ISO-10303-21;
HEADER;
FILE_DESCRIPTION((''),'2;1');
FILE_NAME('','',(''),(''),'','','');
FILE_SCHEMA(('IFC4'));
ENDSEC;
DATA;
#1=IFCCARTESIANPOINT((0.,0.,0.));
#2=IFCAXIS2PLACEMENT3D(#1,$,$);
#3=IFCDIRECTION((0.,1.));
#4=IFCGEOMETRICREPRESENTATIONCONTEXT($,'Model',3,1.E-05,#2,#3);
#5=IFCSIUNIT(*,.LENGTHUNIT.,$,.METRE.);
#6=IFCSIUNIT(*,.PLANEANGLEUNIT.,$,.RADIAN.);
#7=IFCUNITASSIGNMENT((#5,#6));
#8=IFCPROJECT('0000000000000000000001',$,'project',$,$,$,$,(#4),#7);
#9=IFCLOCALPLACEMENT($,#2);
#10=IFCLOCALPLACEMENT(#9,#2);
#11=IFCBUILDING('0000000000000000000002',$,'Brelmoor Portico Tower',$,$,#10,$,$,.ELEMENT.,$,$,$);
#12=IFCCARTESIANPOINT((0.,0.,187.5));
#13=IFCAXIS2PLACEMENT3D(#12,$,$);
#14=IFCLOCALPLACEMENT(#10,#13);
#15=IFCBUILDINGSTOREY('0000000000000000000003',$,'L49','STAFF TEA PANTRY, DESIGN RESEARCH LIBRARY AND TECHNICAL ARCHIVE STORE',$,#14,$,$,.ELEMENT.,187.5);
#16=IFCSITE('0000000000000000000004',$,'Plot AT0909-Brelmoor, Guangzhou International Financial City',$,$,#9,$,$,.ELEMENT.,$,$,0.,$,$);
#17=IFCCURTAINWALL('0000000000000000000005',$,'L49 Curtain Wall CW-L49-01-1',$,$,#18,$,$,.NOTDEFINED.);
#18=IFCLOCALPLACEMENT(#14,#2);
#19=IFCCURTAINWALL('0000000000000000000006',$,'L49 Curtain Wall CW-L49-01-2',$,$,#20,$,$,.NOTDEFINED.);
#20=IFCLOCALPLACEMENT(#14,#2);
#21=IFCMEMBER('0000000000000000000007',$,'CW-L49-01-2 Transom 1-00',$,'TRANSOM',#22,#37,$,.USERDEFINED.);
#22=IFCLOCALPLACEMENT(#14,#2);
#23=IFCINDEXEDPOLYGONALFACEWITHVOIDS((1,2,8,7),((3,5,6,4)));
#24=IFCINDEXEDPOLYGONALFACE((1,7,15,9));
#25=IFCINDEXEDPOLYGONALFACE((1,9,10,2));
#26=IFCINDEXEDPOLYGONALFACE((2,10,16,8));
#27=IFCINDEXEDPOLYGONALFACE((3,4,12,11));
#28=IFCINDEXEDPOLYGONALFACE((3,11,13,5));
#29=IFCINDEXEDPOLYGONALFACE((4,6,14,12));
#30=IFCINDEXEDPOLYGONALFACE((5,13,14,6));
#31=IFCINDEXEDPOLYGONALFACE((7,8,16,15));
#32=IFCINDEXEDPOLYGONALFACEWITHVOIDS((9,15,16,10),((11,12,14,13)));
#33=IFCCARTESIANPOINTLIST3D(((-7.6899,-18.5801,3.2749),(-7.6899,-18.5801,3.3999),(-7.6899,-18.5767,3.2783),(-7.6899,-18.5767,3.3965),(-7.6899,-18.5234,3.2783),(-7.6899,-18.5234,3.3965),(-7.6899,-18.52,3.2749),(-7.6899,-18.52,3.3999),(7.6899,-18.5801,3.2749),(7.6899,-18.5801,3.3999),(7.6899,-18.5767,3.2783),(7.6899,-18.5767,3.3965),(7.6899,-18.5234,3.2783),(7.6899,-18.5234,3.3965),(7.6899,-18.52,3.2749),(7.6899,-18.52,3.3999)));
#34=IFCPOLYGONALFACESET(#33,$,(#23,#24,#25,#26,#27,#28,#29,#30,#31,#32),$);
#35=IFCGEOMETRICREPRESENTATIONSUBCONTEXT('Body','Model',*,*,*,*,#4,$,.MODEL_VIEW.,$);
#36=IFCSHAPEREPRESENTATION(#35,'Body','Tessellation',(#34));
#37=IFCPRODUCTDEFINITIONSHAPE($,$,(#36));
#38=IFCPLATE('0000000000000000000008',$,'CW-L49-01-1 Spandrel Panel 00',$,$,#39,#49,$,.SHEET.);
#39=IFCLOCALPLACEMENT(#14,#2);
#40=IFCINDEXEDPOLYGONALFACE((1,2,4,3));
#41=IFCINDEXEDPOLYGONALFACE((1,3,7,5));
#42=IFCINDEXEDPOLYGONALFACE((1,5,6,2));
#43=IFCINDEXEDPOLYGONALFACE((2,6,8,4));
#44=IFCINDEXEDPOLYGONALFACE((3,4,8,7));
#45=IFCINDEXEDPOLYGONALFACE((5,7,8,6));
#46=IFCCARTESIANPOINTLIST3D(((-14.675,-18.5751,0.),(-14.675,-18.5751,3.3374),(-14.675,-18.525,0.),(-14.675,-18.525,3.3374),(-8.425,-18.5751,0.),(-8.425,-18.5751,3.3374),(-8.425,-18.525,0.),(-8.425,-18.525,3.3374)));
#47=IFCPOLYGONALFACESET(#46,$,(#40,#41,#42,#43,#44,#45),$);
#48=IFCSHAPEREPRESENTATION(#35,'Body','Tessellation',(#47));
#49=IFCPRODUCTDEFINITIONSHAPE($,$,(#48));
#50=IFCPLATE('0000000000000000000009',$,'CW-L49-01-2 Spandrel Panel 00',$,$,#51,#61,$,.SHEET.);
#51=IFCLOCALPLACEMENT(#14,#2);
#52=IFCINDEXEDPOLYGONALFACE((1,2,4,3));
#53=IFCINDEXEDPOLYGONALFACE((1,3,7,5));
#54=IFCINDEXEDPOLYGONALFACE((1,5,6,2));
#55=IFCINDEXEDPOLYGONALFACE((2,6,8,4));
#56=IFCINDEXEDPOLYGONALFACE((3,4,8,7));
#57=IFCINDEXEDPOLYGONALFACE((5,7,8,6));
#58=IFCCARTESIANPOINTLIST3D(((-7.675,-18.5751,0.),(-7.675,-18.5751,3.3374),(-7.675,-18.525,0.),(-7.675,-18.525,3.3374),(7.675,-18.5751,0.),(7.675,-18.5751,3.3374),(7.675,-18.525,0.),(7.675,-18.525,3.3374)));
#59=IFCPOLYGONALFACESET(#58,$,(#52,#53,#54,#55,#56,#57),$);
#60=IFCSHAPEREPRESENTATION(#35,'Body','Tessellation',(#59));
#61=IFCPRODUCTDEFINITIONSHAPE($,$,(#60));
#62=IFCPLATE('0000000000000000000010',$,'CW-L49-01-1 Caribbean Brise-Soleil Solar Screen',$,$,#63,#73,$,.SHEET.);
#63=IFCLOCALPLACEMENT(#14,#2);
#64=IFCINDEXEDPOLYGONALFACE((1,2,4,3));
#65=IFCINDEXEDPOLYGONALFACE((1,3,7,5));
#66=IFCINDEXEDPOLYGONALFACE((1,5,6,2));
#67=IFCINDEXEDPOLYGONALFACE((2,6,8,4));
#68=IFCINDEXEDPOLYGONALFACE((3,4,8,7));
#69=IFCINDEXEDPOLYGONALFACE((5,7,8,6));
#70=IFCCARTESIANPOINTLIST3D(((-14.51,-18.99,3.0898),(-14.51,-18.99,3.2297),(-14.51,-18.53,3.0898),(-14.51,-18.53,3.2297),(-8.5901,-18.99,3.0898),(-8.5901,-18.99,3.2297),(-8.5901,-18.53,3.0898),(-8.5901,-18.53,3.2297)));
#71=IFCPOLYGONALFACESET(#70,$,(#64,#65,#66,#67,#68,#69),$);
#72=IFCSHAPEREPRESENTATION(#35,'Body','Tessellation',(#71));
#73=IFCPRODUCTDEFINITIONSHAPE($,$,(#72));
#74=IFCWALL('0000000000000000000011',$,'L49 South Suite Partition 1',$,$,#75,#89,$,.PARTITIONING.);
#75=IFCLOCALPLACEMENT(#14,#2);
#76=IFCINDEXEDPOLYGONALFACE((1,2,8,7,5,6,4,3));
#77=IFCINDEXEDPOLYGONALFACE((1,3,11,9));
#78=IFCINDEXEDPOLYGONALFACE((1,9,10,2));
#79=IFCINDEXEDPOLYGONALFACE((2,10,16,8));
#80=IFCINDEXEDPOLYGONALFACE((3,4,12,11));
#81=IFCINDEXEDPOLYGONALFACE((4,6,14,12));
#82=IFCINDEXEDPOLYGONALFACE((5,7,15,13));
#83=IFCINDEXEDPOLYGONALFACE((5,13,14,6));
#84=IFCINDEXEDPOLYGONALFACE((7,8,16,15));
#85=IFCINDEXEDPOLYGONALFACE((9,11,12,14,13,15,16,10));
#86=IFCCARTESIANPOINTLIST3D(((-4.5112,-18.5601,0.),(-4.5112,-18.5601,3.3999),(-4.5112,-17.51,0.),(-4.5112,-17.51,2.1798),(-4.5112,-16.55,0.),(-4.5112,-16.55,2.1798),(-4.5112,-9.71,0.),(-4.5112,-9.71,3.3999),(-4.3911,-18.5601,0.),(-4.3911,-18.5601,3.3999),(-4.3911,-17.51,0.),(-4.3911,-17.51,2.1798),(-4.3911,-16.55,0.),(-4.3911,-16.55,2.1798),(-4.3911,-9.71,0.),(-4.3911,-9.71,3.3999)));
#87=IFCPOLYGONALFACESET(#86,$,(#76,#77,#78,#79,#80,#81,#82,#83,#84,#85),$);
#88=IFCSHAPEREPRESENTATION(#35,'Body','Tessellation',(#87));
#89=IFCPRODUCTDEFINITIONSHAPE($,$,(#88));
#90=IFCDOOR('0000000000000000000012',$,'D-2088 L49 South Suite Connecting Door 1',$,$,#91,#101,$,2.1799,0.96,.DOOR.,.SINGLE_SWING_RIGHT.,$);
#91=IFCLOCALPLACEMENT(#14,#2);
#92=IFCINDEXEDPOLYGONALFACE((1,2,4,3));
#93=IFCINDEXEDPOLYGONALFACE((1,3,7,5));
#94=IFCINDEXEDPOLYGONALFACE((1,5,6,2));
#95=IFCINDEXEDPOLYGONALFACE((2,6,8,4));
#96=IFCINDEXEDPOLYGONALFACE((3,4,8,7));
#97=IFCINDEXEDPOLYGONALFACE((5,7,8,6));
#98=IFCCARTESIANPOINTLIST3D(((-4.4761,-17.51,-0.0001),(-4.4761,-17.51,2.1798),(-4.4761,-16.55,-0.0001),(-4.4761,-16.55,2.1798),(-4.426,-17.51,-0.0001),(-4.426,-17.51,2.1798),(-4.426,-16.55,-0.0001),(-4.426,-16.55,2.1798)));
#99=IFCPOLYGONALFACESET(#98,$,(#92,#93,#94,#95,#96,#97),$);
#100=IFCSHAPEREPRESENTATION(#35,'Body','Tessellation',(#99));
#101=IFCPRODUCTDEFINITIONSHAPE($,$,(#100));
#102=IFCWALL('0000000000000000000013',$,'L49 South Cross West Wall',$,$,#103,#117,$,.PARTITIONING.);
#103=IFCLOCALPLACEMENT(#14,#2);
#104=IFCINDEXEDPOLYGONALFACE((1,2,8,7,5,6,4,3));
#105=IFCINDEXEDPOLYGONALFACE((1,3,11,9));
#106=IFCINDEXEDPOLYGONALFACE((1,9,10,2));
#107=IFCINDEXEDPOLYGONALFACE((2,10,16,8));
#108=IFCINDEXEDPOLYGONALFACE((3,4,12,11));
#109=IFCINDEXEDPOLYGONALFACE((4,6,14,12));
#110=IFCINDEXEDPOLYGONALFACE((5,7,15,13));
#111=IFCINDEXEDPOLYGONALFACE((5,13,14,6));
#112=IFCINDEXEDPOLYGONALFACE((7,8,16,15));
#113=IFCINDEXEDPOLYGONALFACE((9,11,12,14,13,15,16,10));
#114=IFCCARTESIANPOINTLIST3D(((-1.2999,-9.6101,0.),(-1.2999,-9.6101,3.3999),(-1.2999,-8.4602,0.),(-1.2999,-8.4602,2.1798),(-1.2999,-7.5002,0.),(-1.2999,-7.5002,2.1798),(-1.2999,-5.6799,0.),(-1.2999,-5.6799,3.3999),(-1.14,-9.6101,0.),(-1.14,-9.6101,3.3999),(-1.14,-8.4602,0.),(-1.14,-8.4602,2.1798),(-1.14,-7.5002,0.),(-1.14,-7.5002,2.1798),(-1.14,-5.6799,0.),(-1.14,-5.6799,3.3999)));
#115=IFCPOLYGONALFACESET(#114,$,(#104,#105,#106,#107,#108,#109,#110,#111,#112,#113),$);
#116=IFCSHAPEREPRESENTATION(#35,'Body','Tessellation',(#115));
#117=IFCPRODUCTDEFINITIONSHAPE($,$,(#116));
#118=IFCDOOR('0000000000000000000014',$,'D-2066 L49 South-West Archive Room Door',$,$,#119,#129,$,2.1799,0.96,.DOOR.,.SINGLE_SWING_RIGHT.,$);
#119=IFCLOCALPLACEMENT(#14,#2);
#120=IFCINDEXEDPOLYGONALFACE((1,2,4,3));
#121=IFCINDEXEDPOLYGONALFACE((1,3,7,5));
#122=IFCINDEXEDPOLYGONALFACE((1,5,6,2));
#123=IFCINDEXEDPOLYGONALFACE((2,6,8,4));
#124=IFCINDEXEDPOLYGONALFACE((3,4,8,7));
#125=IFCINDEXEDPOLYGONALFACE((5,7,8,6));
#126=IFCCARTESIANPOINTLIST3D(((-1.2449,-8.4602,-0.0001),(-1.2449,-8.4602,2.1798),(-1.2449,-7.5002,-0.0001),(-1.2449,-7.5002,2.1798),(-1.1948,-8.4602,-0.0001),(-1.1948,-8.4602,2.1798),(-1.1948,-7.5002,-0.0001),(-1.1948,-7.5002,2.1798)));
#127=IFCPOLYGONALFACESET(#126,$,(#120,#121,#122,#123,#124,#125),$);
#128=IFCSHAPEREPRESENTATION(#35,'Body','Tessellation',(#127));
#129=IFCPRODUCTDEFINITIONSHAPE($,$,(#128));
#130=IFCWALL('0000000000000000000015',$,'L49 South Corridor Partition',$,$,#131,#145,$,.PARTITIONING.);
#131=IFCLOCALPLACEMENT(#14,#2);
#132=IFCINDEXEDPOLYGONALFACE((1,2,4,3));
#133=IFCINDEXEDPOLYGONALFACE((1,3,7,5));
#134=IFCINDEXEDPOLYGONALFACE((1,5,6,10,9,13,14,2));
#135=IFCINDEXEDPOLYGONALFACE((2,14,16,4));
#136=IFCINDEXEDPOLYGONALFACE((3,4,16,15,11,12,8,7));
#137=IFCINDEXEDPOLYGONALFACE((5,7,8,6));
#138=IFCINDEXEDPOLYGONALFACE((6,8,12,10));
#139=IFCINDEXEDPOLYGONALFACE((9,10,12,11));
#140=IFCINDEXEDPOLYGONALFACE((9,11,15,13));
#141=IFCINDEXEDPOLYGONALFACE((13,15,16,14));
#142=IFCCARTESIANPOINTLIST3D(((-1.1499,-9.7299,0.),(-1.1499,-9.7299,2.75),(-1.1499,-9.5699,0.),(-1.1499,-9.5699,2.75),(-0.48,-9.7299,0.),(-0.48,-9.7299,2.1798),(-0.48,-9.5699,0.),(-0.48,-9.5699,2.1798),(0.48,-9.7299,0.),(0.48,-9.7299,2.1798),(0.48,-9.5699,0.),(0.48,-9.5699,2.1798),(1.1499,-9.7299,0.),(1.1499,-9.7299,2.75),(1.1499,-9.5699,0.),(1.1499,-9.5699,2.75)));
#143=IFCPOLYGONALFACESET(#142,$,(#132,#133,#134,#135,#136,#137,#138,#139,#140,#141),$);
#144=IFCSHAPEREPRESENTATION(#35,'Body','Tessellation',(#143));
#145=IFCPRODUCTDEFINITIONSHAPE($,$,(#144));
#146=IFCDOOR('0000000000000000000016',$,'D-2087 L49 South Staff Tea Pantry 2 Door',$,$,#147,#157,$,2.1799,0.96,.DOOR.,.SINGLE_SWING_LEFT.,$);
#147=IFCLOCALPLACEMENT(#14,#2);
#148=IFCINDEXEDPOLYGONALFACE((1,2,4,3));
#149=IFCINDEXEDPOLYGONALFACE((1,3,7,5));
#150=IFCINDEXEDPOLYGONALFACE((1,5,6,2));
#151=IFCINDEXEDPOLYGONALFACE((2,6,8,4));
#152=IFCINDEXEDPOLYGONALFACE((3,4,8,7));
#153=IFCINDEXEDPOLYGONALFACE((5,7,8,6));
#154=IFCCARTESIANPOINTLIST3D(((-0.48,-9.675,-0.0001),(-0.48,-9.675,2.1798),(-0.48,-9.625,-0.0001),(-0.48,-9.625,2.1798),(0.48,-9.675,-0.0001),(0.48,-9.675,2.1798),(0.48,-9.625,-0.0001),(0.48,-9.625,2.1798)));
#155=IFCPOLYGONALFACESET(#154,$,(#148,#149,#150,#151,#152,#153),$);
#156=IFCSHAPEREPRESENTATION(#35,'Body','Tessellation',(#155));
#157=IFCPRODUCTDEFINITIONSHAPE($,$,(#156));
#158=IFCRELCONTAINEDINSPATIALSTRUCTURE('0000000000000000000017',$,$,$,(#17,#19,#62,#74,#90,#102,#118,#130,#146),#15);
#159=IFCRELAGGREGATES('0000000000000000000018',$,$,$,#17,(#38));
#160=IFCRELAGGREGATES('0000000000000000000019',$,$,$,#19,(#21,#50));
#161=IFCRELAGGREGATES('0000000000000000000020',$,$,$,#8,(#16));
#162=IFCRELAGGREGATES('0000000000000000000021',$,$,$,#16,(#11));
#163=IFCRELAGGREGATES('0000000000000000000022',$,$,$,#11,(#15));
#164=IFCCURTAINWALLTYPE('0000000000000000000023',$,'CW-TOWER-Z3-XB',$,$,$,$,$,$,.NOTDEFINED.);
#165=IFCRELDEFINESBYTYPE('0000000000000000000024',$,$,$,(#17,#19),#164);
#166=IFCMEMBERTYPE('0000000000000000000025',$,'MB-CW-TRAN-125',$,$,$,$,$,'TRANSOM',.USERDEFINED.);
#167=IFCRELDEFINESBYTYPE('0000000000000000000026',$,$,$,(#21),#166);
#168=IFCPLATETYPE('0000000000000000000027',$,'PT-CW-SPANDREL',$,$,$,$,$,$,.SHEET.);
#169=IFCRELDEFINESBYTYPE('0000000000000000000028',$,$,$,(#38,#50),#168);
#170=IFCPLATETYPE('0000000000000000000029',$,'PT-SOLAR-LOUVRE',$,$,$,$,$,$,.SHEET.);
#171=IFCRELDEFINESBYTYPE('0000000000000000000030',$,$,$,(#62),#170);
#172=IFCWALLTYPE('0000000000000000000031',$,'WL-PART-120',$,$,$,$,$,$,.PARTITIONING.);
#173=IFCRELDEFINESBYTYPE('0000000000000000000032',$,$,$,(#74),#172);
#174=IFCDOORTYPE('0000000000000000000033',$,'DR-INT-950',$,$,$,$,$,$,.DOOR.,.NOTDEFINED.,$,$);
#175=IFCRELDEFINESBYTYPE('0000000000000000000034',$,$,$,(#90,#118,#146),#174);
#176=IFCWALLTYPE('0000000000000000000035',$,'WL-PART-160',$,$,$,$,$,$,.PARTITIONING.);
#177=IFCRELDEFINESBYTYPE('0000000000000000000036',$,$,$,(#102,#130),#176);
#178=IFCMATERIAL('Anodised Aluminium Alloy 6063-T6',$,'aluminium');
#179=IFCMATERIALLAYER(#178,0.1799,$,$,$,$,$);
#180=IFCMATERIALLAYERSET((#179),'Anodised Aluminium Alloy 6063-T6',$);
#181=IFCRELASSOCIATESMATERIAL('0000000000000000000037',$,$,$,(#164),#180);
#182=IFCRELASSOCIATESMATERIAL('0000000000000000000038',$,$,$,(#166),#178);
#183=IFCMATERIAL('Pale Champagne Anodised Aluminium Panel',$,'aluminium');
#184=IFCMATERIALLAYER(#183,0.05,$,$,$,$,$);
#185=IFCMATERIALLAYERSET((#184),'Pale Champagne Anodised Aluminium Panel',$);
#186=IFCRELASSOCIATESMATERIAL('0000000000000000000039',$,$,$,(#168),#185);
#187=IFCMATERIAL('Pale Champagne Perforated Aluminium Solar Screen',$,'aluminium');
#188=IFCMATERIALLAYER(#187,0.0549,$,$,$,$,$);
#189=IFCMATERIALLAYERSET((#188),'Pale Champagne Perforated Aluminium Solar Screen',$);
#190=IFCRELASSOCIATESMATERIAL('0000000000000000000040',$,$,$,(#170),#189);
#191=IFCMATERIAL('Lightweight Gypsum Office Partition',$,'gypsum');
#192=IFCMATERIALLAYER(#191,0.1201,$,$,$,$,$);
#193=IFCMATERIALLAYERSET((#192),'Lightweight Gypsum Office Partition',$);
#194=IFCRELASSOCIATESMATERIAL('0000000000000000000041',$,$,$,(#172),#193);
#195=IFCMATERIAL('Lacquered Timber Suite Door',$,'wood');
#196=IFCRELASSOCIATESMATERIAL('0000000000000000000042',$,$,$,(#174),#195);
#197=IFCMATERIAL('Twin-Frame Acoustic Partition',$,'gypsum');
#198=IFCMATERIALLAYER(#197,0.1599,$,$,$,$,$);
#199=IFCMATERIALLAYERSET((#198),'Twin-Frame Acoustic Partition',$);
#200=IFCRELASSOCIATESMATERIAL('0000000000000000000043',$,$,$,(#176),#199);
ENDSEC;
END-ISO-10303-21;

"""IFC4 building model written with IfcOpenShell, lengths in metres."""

from ifc_helpers import new_model, si_unit, direction, frame, frame_2d, origin, origin_2d, place, context, subcontext, project, spatial, rectangle, hollow_rectangle, extrude, material, layer, layer_set, material_profile, profile_set, type_object, element, fill, aggregate, save


model = new_model("IFC4")

# Units and contexts
model_context = context("Model", 3, precision=1e-05, world=origin(), true_north=direction((0.0, 1.0)))
body_context = subcontext(model_context, "Body", "Model", "MODEL_VIEW")
ifc_project = project(units=[si_unit("LENGTHUNIT", "METRE"), si_unit("PLANEANGLEUNIT", "RADIAN")], contexts=[model_context])

# Site, building, storey
site_placement = place(None, origin())
site = spatial("IfcSite", under=ifc_project, at=site_placement, Name="Plot AT0909-Brelmoor, Guangzhou International Financial City", CompositionType="ELEMENT", RefElevation=0.0)
building_placement = place(site_placement, origin())
building = spatial("IfcBuilding", under=site, at=building_placement, Name="Brelmoor Portico Tower", CompositionType="ELEMENT")
storey_placement = place(building_placement, frame((0.0, 0.0, 187.5)))
storey = spatial("IfcBuildingStorey", under=building, at=storey_placement, Name="L49", Description="STAFF TEA PANTRY, DESIGN RESEARCH LIBRARY AND TECHNICAL ARCHIVE STORE", CompositionType="ELEMENT", Elevation=187.5)

# Curtain wall
ifc_material_1 = material(Name="Anodised Aluminium Alloy 6063-T6", Category="aluminium")
ifc_layer_1 = layer(ifc_material_1, 0.1799)
ifc_layer_set_1 = layer_set([ifc_layer_1], Name="Anodised Aluminium Alloy 6063-T6")
curtain_wall_type = type_object("IfcCurtainWallType", Name="CW-TOWER-Z3-XB", PredefinedType="NOTDEFINED", material=ifc_layer_set_1)
curtain_wall_1_placement = place(storey_placement, origin())
curtain_wall_1 = element("IfcCurtainWall", 1, at=curtain_wall_1_placement, inside=storey, type_object=curtain_wall_type, Name="L49 Curtain Wall CW-L49-01-1", PredefinedType="NOTDEFINED")

# Curtain wall, member
curtain_wall_2_placement = place(storey_placement, origin())
curtain_wall_2 = element("IfcCurtainWall", 2, at=curtain_wall_2_placement, inside=storey, type_object=curtain_wall_type, Name="L49 Curtain Wall CW-L49-01-2", PredefinedType="NOTDEFINED")
ifc_material_profile_1 = material_profile(ifc_material_1, hollow_rectangle(XDim=0.0601, YDim=0.125, WallThickness=0.0034, at=origin_2d()), Name="ALU TRANSOM 60x125")
ifc_profile_set_1 = profile_set([ifc_material_profile_1], Name="Anodised Aluminium Alloy 6063-T6")
member_type_1 = type_object("IfcMemberType", Name="MB-CW-TRAN-125", ElementType="TRANSOM", PredefinedType="USERDEFINED", material=ifc_profile_set_1)
member_1_placement = place(storey_placement, frame((-7.6899, -18.55, 3.3374), z_axis=(1.0, 0.0, 0.0), x_axis=(0.0, 1.0, 0.0)))
member_1 = element("IfcMember", 3, at=member_1_placement, type_object=member_type_1, Name="CW-L49-01-2 Transom 1-00", ObjectType="TRANSOM", PredefinedType="USERDEFINED", context=body_context, shape_type="SweptSolid", body=[
    extrude(hollow_rectangle(XDim=0.0601, YDim=0.125, WallThickness=0.0034, at=origin_2d()), origin(), (0.0, 0.0, 1.0), 15.3799),
])

# Plates
ifc_material_2 = material(Name="Pale Champagne Anodised Aluminium Panel", Category="aluminium")
ifc_layer_2 = layer(ifc_material_2, 0.05)
ifc_layer_set_2 = layer_set([ifc_layer_2], Name="Pale Champagne Anodised Aluminium Panel")
plate_type_1 = type_object("IfcPlateType", Name="PT-CW-SPANDREL", PredefinedType="SHEET", material=ifc_layer_set_2)
plate_1_placement = place(storey_placement, frame((-11.55, -18.55, 0.0), z_axis=(0.0, 0.0, 1.0), x_axis=(1.0, 0.0, 0.0)))
plate_1 = element("IfcPlate", 4, at=plate_1_placement, type_object=plate_type_1, Name="CW-L49-01-1 Spandrel Panel 00", PredefinedType="SHEET", context=body_context, shape_type="SweptSolid", body=[
    extrude(rectangle(XDim=6.25, YDim=0.05, at=origin_2d()), origin(), (0.0, 0.0, 1.0), 3.3374),
])
aggregate(curtain_wall_1, [plate_1])
plate_2_placement = place(storey_placement, frame((0.0, -18.55, 0.0), z_axis=(0.0, 0.0, 1.0), x_axis=(1.0, 0.0, 0.0)))
plate_2 = element("IfcPlate", 5, at=plate_2_placement, type_object=plate_type_1, Name="CW-L49-01-2 Spandrel Panel 00", PredefinedType="SHEET", context=body_context, shape_type="SweptSolid", body=[
    extrude(rectangle(XDim=15.3501, YDim=0.05, at=origin_2d()), origin(), (0.0, 0.0, 1.0), 3.3374),
])
aggregate(curtain_wall_2, [member_1, plate_2])
ifc_material_3 = material(Name="Pale Champagne Perforated Aluminium Solar Screen", Category="aluminium")
ifc_layer_3 = layer(ifc_material_3, 0.0549)
ifc_layer_set_3 = layer_set([ifc_layer_3], Name="Pale Champagne Perforated Aluminium Solar Screen")
plate_type_2 = type_object("IfcPlateType", Name="PT-SOLAR-LOUVRE", PredefinedType="SHEET", material=ifc_layer_set_3)
plate_3_placement = place(storey_placement, frame((-11.55, -18.76, 3.0898), z_axis=(0.0, 0.0, 1.0), x_axis=(1.0, 0.0, 0.0)))
element("IfcPlate", 6, at=plate_3_placement, inside=storey, type_object=plate_type_2, Name="CW-L49-01-1 Caribbean Brise-Soleil Solar Screen", PredefinedType="SHEET", context=body_context, shape_type="SweptSolid", body=[
    extrude(rectangle(XDim=5.9199, YDim=0.46, at=origin_2d()), origin(), (0.0, 0.0, 1.0), 0.1399),
])

# Walls, openings, doors
ifc_material_4 = material(Name="Lightweight Gypsum Office Partition", Category="gypsum")
ifc_layer_4 = layer(ifc_material_4, 0.1201)
ifc_layer_set_4 = layer_set([ifc_layer_4], Name="Lightweight Gypsum Office Partition")
wall_type_1 = type_object("IfcWallType", Name="WL-PART-120", PredefinedType="PARTITIONING", material=ifc_layer_set_4)
wall_1_placement = place(storey_placement, frame((-4.4512, -18.5601, 0.0), z_axis=(0.0, 0.0, 1.0), x_axis=(0.0, 1.0, 0.0)))
wall_1 = element("IfcWall", 7, at=wall_1_placement, inside=storey, type_object=wall_type_1, Name="L49 South Suite Partition 1", PredefinedType="PARTITIONING", context=body_context, shape_type="SweptSolid", body=[
    extrude(rectangle(XDim=8.8501, YDim=0.1201, at=frame_2d((4.425, 0.0))), origin(), (0.0, 0.0, 1.0), 3.3999),
])
opening_1_placement = place(wall_1_placement, frame((1.05, 0.0, 0.0)))
opening_1 = element("IfcOpeningElement", 8, at=opening_1_placement, cuts=wall_1, PredefinedType="OPENING", context=body_context, shape_type="SweptSolid", body=[
    extrude(rectangle(XDim=0.96, YDim=2.1799, at=frame_2d((0.48, 1.0898))), frame((0.0, 0.0701, 0.0), z_axis=(0.0, -1.0, 0.0), x_axis=(1.0, 0.0, 0.0)), (0.0, 0.0, 1.0), 0.1401),
])
ifc_material_5 = material(Name="Lacquered Timber Suite Door", Category="wood")
door_type_1 = type_object("IfcDoorType", Name="DR-INT-950", OperationType="NOTDEFINED", PredefinedType="DOOR", material=ifc_material_5)
door_1_placement = place(opening_1_placement, origin())
door_1 = element("IfcDoor", 9, at=door_1_placement, inside=storey, type_object=door_type_1, Name="D-2088 L49 South Suite Connecting Door 1", OperationType="SINGLE_SWING_RIGHT", OverallHeight=2.1799, OverallWidth=0.96, PredefinedType="DOOR", context=body_context, shape_type="SweptSolid", body=[
    extrude(rectangle(XDim=0.96, YDim=2.1799, at=frame_2d((0.48, 1.0898))), frame((0.0, 0.0249, 0.0), z_axis=(0.0, -1.0, 0.0), x_axis=(1.0, 0.0, 0.0)), (0.0, 0.0, 1.0), 0.05),
])
fill(opening_1, door_1)
ifc_material_6 = material(Name="Twin-Frame Acoustic Partition", Category="gypsum")
ifc_layer_5 = layer(ifc_material_6, 0.1599)
ifc_layer_set_5 = layer_set([ifc_layer_5], Name="Twin-Frame Acoustic Partition")
wall_type_2 = type_object("IfcWallType", Name="WL-PART-160", PredefinedType="PARTITIONING", material=ifc_layer_set_5)
wall_2_placement = place(storey_placement, frame((-1.22, -9.6101, 0.0), z_axis=(0.0, 0.0, 1.0), x_axis=(0.0, 1.0, 0.0)))
wall_2 = element("IfcWall", 10, at=wall_2_placement, inside=storey, type_object=wall_type_2, Name="L49 South Cross West Wall", PredefinedType="PARTITIONING", context=body_context, shape_type="SweptSolid", body=[
    extrude(rectangle(XDim=3.9302, YDim=0.1599, at=frame_2d((1.9651, 0.0))), origin(), (0.0, 0.0, 1.0), 3.3999),
])
opening_2_placement = place(wall_2_placement, frame((1.1499, 0.0, 0.0)))
opening_2 = element("IfcOpeningElement", 11, at=opening_2_placement, cuts=wall_2, PredefinedType="OPENING", context=body_context, shape_type="SweptSolid", body=[
    extrude(rectangle(XDim=0.96, YDim=2.1799, at=frame_2d((0.48, 1.0898))), frame((0.0, 0.0898, 0.0), z_axis=(0.0, -1.0, 0.0), x_axis=(1.0, 0.0, 0.0)), (0.0, 0.0, 1.0), 0.1799),
])
door_2_placement = place(opening_2_placement, origin())
door_2 = element("IfcDoor", 12, at=door_2_placement, inside=storey, type_object=door_type_1, Name="D-2066 L49 South-West Archive Room Door", OperationType="SINGLE_SWING_RIGHT", OverallHeight=2.1799, OverallWidth=0.96, PredefinedType="DOOR", context=body_context, shape_type="SweptSolid", body=[
    extrude(rectangle(XDim=0.96, YDim=2.1799, at=frame_2d((0.48, 1.0898))), frame((0.0, 0.0249, 0.0), z_axis=(0.0, -1.0, 0.0), x_axis=(1.0, 0.0, 0.0)), (0.0, 0.0, 1.0), 0.05),
])
fill(opening_2, door_2)
wall_3_placement = place(storey_placement, frame((-1.1499, -9.6499, 0.0), z_axis=(0.0, 0.0, 1.0), x_axis=(1.0, 0.0, 0.0)))
wall_3 = element("IfcWall", 13, at=wall_3_placement, inside=storey, type_object=wall_type_2, Name="L49 South Corridor Partition", PredefinedType="PARTITIONING", context=body_context, shape_type="SweptSolid", body=[
    extrude(rectangle(XDim=2.2998, YDim=0.1599, at=frame_2d((1.1499, 0.0))), origin(), (0.0, 0.0, 1.0), 2.75),
])
opening_3_placement = place(wall_3_placement, frame((0.6699, 0.0, 0.0)))
opening_3 = element("IfcOpeningElement", 14, at=opening_3_placement, cuts=wall_3, PredefinedType="OPENING", context=body_context, shape_type="SweptSolid", body=[
    extrude(rectangle(XDim=0.96, YDim=2.1799, at=frame_2d((0.48, 1.0898))), frame((0.0, 0.0898, 0.0), z_axis=(0.0, -1.0, 0.0), x_axis=(1.0, 0.0, 0.0)), (0.0, 0.0, 1.0), 0.1799),
])
door_3_placement = place(opening_3_placement, origin())
door_3 = element("IfcDoor", 15, at=door_3_placement, inside=storey, type_object=door_type_1, Name="D-2087 L49 South Staff Tea Pantry 2 Door", OperationType="SINGLE_SWING_LEFT", OverallHeight=2.1799, OverallWidth=0.96, PredefinedType="DOOR", context=body_context, shape_type="SweptSolid", body=[
    extrude(rectangle(XDim=0.96, YDim=2.1799, at=frame_2d((0.48, 1.0898))), frame((0.0, 0.0249, 0.0), z_axis=(0.0, -1.0, 0.0), x_axis=(1.0, 0.0, 0.0)), (0.0, 0.0, 1.0), 0.05),
])
fill(opening_3, door_3)

save(model, "model.ifc")
